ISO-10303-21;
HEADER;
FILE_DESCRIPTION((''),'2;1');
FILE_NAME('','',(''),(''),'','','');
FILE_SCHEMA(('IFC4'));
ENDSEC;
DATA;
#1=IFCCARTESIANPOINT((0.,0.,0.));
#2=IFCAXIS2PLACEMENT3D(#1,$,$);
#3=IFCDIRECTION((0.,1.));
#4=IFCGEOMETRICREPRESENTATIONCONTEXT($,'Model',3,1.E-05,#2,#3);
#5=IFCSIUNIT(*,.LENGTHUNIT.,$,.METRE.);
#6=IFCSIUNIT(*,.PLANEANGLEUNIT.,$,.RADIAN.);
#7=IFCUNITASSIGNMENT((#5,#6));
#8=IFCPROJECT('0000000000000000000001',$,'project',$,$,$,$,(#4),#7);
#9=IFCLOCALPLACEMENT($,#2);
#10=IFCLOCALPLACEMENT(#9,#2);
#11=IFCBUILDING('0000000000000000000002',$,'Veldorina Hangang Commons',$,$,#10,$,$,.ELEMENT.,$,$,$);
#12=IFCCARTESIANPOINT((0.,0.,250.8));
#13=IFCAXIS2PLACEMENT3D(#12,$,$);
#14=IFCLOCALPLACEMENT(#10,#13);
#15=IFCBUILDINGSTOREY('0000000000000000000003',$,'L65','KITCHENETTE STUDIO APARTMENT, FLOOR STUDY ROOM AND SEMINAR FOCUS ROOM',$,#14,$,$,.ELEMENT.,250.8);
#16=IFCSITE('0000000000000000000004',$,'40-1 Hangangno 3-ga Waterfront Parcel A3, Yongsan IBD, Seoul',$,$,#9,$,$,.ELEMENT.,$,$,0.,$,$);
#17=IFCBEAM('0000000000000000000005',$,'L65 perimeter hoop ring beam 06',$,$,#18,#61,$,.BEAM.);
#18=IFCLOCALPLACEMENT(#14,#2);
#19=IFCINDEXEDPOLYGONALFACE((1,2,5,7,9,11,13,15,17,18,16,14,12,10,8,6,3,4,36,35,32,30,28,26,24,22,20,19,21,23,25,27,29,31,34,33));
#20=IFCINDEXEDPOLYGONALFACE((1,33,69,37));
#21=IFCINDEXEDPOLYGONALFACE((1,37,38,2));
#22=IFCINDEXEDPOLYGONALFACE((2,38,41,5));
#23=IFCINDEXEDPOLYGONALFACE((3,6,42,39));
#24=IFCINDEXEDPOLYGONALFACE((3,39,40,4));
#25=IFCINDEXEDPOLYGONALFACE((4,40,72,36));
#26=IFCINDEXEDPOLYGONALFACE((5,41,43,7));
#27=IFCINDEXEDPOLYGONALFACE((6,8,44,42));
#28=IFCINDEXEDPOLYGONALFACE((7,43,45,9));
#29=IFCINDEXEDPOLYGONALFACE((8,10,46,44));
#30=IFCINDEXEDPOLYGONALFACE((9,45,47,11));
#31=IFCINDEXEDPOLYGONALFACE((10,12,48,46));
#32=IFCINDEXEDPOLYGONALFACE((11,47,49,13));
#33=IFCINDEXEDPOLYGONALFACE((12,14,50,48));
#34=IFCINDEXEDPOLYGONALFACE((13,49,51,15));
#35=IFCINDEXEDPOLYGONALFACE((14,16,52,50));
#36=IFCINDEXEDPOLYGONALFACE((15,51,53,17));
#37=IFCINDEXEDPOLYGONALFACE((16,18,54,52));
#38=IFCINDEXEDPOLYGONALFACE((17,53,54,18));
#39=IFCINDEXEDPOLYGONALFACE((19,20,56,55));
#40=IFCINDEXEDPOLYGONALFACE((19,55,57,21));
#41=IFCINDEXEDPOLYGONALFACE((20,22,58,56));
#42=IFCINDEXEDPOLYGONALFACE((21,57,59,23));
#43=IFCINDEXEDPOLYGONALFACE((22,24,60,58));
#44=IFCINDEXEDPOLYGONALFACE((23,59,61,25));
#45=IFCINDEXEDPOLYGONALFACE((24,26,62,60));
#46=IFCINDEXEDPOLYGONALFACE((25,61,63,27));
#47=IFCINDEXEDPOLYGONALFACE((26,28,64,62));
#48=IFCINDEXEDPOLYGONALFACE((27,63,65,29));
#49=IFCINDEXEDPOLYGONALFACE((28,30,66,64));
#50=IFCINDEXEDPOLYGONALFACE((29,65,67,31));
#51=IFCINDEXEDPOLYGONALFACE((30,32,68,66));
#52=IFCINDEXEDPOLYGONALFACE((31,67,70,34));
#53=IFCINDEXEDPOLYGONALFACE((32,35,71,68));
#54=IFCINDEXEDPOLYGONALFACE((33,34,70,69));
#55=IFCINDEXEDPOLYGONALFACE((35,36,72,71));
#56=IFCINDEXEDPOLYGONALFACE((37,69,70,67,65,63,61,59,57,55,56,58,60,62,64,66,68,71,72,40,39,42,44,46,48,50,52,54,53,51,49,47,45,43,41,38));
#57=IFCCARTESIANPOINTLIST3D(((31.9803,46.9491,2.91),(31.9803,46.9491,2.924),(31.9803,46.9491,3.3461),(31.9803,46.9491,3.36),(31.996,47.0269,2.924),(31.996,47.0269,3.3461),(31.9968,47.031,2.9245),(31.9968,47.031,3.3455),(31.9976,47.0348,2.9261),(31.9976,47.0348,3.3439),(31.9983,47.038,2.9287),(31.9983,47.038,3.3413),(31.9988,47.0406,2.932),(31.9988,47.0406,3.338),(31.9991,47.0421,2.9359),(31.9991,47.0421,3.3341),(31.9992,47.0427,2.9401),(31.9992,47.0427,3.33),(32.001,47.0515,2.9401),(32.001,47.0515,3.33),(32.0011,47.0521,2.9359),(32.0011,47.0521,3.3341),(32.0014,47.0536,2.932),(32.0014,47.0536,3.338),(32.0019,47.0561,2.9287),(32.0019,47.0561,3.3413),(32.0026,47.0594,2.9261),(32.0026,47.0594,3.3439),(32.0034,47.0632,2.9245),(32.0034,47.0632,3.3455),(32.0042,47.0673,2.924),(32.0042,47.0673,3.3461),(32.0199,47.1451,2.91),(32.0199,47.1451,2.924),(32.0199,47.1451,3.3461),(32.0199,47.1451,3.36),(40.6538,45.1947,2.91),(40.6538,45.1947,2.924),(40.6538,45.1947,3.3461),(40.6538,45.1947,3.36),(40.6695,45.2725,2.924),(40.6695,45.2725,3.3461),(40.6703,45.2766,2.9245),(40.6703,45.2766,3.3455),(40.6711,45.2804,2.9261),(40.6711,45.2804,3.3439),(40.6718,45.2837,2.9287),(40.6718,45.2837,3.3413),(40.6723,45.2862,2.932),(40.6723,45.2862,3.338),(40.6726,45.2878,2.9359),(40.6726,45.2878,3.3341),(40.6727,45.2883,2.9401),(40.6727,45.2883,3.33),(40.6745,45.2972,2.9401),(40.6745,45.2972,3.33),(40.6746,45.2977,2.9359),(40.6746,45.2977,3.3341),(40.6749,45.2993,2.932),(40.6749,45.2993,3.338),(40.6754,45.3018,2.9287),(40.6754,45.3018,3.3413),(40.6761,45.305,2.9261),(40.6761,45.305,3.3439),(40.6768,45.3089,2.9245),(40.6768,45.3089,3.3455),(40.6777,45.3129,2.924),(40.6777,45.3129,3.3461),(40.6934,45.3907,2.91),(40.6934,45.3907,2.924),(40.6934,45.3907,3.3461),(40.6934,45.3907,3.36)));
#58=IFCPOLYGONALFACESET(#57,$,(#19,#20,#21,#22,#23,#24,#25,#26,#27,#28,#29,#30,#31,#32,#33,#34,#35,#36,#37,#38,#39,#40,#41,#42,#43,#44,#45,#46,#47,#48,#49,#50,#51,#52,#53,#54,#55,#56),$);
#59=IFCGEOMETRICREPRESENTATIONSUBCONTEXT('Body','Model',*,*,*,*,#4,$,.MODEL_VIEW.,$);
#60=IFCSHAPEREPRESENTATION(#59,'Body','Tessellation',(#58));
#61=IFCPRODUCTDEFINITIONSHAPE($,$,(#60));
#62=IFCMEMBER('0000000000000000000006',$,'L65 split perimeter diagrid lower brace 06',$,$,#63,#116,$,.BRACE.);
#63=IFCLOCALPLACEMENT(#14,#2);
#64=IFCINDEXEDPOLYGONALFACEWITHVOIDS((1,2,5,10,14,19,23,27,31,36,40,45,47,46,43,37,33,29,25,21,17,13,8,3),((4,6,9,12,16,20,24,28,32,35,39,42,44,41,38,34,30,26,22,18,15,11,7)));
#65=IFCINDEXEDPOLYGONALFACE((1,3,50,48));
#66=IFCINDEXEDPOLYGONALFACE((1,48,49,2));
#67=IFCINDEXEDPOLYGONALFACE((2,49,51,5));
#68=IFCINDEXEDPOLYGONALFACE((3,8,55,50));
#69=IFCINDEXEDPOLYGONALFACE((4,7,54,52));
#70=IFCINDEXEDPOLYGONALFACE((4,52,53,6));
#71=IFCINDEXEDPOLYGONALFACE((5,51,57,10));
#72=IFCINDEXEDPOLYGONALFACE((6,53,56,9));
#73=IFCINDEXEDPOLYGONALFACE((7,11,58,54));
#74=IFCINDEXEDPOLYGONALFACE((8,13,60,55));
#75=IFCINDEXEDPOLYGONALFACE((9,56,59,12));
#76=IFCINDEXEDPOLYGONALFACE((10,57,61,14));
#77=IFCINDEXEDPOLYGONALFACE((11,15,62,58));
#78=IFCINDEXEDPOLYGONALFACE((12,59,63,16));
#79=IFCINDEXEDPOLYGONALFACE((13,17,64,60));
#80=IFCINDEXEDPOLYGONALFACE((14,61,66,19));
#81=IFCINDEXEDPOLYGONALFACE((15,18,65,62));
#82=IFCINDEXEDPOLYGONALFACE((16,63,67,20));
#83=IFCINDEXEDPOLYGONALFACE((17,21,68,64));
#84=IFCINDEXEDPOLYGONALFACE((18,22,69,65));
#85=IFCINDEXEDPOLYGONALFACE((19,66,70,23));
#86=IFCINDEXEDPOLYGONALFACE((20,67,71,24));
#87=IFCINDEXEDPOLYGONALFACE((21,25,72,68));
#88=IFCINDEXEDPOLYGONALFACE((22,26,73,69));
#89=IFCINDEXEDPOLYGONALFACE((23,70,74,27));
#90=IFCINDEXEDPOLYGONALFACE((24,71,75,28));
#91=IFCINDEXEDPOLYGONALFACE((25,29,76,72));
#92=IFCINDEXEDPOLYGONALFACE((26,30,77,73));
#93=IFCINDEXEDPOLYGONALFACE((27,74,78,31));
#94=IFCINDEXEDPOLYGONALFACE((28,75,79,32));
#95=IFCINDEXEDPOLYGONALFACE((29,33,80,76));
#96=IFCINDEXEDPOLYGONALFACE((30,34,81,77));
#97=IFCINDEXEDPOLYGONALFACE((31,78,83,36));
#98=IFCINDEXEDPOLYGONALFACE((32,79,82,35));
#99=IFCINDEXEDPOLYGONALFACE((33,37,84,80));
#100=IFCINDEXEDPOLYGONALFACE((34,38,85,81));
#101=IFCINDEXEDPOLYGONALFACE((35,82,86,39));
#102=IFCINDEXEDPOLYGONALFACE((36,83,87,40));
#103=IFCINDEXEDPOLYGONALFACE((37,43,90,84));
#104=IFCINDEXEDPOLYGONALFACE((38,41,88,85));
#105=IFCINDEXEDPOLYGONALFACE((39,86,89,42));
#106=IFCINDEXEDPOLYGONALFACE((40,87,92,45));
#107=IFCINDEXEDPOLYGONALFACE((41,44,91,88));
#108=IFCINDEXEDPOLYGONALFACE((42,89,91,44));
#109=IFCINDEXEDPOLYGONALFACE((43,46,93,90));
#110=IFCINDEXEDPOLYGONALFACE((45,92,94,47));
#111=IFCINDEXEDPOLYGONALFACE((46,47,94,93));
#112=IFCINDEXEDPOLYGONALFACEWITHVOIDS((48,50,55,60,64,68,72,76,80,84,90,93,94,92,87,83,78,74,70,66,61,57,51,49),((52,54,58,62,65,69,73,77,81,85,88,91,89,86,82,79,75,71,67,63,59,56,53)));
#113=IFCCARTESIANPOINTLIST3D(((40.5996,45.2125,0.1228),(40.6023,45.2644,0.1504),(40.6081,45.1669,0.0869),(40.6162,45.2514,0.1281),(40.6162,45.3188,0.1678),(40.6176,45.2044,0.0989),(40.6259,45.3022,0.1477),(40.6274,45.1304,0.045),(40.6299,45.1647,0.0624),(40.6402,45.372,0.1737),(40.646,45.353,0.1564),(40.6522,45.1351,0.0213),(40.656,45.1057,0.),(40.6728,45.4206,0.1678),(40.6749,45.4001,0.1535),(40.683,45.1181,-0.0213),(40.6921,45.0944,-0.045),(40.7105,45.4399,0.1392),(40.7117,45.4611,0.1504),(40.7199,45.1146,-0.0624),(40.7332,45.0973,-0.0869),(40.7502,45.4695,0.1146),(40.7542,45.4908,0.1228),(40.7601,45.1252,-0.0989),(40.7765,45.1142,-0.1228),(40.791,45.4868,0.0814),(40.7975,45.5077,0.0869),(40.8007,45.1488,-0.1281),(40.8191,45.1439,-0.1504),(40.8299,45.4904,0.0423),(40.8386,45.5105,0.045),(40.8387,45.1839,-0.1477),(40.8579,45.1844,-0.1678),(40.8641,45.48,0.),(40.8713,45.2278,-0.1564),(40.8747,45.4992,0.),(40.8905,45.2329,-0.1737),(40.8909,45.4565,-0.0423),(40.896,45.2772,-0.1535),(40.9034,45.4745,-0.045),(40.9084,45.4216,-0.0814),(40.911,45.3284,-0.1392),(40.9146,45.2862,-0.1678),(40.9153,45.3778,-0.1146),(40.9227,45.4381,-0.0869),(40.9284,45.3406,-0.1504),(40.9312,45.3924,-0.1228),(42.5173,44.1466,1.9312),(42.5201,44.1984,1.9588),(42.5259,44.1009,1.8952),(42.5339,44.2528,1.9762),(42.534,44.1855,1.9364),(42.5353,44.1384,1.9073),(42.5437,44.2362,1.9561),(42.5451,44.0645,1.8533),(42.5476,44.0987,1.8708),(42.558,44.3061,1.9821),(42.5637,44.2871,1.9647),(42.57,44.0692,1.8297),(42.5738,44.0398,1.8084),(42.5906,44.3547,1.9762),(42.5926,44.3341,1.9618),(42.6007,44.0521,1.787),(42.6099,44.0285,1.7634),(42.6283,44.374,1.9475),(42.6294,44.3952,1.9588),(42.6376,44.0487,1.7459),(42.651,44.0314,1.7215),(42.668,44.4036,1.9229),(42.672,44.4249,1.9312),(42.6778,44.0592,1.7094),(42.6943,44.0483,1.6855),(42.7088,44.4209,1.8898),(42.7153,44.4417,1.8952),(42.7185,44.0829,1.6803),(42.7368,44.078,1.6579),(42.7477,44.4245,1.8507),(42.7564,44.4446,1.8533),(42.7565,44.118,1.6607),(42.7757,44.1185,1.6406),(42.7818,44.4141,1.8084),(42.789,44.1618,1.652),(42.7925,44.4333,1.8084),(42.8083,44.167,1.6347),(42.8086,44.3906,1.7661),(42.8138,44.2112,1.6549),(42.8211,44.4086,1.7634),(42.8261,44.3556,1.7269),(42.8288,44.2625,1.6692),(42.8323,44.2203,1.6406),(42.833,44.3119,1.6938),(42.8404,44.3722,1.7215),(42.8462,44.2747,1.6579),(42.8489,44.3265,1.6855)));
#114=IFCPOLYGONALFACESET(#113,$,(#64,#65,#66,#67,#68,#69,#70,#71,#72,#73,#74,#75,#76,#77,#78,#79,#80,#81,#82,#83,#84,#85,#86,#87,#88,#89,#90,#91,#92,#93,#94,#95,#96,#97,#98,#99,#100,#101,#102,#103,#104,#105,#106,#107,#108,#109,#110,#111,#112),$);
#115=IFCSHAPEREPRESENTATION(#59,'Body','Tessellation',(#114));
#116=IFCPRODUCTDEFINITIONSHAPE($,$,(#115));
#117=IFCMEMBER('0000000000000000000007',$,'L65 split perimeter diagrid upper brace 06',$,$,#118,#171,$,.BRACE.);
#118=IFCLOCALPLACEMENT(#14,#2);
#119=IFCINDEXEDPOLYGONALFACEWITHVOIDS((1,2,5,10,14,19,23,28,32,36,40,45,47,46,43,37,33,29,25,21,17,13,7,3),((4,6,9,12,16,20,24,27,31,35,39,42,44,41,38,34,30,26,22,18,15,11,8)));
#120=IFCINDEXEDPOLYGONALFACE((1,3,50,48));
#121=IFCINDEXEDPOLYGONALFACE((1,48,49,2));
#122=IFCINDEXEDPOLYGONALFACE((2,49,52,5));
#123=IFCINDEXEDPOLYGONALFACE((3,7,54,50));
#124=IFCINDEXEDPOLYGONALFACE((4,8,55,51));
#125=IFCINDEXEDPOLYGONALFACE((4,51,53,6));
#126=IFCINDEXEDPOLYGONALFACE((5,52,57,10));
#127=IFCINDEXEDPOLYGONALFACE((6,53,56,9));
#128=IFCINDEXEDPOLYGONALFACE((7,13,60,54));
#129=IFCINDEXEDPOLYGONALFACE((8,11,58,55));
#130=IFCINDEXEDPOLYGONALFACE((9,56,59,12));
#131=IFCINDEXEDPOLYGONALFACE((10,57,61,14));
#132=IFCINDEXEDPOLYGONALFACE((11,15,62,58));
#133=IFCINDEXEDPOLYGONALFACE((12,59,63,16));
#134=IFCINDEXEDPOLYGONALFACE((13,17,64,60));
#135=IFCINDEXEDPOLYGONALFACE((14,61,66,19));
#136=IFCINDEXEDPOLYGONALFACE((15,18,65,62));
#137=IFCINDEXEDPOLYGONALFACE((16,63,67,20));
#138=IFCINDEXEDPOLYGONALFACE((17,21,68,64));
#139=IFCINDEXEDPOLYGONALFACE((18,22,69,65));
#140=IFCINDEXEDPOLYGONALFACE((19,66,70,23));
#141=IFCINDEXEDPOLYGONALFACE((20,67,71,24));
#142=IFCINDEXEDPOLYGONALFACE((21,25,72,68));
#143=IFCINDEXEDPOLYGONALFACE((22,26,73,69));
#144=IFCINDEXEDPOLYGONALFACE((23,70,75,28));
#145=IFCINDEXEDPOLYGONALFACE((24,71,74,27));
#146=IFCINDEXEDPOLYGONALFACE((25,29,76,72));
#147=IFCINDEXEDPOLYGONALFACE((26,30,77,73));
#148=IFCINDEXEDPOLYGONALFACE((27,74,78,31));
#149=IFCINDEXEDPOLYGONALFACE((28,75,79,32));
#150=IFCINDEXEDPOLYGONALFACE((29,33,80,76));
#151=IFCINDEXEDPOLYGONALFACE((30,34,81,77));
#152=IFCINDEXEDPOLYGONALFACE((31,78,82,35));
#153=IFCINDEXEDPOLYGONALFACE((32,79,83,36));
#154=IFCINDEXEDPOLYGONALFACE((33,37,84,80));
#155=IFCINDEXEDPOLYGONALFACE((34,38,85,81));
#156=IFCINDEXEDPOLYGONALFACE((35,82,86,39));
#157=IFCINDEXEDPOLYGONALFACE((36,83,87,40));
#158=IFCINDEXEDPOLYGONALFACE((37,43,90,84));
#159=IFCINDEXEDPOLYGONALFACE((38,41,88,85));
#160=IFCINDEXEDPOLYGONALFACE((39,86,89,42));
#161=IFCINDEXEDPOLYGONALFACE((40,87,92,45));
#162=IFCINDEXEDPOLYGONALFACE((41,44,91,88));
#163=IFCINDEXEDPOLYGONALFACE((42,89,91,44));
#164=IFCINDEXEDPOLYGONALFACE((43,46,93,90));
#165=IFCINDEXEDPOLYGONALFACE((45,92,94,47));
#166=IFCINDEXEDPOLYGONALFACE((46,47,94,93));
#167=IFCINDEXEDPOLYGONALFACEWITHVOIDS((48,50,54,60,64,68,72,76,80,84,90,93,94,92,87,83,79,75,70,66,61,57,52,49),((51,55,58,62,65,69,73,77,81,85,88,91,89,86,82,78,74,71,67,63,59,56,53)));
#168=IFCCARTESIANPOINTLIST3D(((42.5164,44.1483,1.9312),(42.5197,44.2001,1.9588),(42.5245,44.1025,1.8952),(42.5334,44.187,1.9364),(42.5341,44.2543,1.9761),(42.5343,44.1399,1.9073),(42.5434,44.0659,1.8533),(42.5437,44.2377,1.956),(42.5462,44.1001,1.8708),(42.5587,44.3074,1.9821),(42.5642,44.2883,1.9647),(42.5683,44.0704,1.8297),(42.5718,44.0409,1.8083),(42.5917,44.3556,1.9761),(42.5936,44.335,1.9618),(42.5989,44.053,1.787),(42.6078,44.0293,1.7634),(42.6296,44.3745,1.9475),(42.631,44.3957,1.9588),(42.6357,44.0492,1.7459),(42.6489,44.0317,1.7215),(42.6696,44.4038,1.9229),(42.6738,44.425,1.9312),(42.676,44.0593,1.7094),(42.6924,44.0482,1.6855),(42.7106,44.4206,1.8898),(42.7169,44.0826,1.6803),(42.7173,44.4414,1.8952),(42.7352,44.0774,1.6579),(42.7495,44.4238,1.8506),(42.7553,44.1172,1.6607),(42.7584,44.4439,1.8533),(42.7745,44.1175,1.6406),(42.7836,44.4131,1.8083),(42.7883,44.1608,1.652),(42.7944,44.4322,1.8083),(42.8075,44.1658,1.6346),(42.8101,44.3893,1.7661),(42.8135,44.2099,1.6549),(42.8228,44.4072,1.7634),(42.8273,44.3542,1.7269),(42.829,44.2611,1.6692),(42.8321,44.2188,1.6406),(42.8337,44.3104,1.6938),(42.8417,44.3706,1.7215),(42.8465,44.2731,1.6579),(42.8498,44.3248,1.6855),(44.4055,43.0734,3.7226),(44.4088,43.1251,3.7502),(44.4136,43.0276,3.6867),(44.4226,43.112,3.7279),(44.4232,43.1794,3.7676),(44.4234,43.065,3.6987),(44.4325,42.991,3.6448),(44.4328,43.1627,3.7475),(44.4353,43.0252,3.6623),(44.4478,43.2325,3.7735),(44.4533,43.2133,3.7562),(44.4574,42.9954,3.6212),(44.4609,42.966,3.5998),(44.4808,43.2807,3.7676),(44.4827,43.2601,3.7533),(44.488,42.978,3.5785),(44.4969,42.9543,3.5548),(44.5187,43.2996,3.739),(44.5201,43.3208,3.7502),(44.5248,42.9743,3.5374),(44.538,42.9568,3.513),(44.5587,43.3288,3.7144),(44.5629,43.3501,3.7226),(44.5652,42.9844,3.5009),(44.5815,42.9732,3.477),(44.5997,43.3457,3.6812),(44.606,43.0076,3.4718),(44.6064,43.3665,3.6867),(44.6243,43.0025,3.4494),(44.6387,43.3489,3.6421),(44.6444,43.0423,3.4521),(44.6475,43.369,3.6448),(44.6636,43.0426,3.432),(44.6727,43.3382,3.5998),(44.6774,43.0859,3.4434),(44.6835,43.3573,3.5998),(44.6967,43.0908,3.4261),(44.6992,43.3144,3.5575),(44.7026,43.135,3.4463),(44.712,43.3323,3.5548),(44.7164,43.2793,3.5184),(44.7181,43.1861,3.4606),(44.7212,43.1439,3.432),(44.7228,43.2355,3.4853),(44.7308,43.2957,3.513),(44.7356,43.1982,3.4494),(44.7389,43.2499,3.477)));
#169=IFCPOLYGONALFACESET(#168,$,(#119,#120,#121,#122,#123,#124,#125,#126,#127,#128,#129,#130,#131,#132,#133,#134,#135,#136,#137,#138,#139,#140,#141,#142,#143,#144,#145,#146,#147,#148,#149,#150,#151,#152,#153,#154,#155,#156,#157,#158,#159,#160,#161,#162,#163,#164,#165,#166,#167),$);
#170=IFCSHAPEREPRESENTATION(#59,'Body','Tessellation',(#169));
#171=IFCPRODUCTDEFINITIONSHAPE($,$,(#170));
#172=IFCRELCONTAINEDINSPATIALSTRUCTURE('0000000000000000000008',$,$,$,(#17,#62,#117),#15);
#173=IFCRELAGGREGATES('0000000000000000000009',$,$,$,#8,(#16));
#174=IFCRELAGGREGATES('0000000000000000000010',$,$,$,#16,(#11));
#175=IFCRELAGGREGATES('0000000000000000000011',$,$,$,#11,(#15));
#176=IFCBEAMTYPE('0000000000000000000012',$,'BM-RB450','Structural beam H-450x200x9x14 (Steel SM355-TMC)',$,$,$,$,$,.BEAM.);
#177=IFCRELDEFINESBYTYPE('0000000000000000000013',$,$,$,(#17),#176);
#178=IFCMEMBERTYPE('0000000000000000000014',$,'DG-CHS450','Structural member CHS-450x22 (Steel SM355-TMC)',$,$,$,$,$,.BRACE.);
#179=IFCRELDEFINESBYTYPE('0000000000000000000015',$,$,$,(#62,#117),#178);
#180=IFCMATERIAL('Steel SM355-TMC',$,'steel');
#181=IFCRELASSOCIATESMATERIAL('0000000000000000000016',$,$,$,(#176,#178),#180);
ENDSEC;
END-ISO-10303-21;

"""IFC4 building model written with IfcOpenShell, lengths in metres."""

from ifc_helpers import new_model, si_unit, direction, frame, origin, origin_2d, place, context, subcontext, project, spatial, hollow_circle, i_section, extrude, material, material_profile, profile_set, type_object, element, save


model = new_model("IFC4")

# Units and contexts
model_context = context("Model", 3, precision=1e-05, world=origin(), true_north=direction((0.0, 1.0)))
body_context = subcontext(model_context, "Body", "Model", "MODEL_VIEW")
ifc_project = project(units=[si_unit("LENGTHUNIT", "METRE"), si_unit("PLANEANGLEUNIT", "RADIAN")], contexts=[model_context])

# Site, building, storey
site_placement = place(None, origin())
site = spatial("IfcSite", under=ifc_project, at=site_placement, Name="40-1 Hangangno 3-ga Waterfront Parcel A3, Yongsan IBD, Seoul", CompositionType="ELEMENT", RefElevation=0.0)
building_placement = place(site_placement, origin())
building = spatial("IfcBuilding", under=site, at=building_placement, Name="Veldorina Hangang Commons", CompositionType="ELEMENT")
storey_placement = place(building_placement, frame((0.0, 0.0, 250.8)))
storey = spatial("IfcBuildingStorey", under=building, at=storey_placement, Name="L65", Description="KITCHENETTE STUDIO APARTMENT, FLOOR STUDY ROOM AND SEMINAR FOCUS ROOM", CompositionType="ELEMENT", Elevation=250.8)

# Beam
ifc_material_1 = material(Name="Steel SM355-TMC", Category="steel")
ifc_material_profile_1 = material_profile(ifc_material_1, i_section(OverallWidth=0.2, OverallDepth=0.45, WebThickness=0.009, FlangeThickness=0.0139, FilletRadius=0.0161, at=origin_2d()), Name="H-450x200x9x14")
ifc_profile_set_1 = profile_set([ifc_material_profile_1], Name="Steel SM355-TMC")
beam_type = type_object("IfcBeamType", Name="BM-RB450", Description="Structural beam H-450x200x9x14 (Steel SM355-TMC)", PredefinedType="BEAM", material=ifc_profile_set_1)
beam_placement = place(storey_placement, frame((40.6736, 45.2927, 3.135), z_axis=(-0.980151, 0.198254, 0.0), x_axis=(-0.198254, -0.980151, 0.0)))
element("IfcBeam", 1, at=beam_placement, inside=storey, type_object=beam_type, Name="L65 perimeter hoop ring beam 06", PredefinedType="BEAM", context=body_context, shape_type="SweptSolid", body=[
    extrude(i_section(OverallWidth=0.2, OverallDepth=0.45, WebThickness=0.009, FlangeThickness=0.0139, FilletRadius=0.0161, at=origin_2d()), origin(), (0.0, 0.0, 1.0), 8.8491),
])

# Members
ifc_material_profile_2 = material_profile(ifc_material_1, hollow_circle(Radius=0.2251, WallThickness=0.022, at=origin_2d()), Name="CHS-450x22")
ifc_profile_set_2 = profile_set([ifc_material_profile_2], Name="Steel SM355-TMC")
member_type_1 = type_object("IfcMemberType", Name="DG-CHS450", Description="Structural member CHS-450x22 (Steel SM355-TMC)", PredefinedType="BRACE", material=ifc_profile_set_2)
member_1_placement = place(storey_placement, frame((40.7654, 45.3025, 0.0), z_axis=(0.674487, -0.374896, 0.636019), x_axis=(0.485822, 0.874058, 0.0)))
element("IfcMember", 2, at=member_1_placement, inside=storey, type_object=member_type_1, Name="L65 split perimeter diagrid lower brace 06", PredefinedType="BRACE", context=body_context, shape_type="SweptSolid", body=[
    extrude(hollow_circle(Radius=0.2251, WallThickness=0.022, at=origin_2d()), origin(), (0.0, 0.0, 1.0), 2.8433),
])
member_2_placement = place(storey_placement, frame((42.6831, 44.2366, 1.8083), z_axis=(0.670694, -0.381632, 0.636024), x_axis=(0.494554, 0.869147, 0.0)))
element("IfcMember", 3, at=member_2_placement, inside=storey, type_object=member_type_1, Name="L65 split perimeter diagrid upper brace 06", PredefinedType="BRACE", context=body_context, shape_type="SweptSolid", body=[
    extrude(hollow_circle(Radius=0.2251, WallThickness=0.022, at=origin_2d()), origin(), (0.0, 0.0, 1.0), 2.8167),
])

save(model, "model.ifc")
